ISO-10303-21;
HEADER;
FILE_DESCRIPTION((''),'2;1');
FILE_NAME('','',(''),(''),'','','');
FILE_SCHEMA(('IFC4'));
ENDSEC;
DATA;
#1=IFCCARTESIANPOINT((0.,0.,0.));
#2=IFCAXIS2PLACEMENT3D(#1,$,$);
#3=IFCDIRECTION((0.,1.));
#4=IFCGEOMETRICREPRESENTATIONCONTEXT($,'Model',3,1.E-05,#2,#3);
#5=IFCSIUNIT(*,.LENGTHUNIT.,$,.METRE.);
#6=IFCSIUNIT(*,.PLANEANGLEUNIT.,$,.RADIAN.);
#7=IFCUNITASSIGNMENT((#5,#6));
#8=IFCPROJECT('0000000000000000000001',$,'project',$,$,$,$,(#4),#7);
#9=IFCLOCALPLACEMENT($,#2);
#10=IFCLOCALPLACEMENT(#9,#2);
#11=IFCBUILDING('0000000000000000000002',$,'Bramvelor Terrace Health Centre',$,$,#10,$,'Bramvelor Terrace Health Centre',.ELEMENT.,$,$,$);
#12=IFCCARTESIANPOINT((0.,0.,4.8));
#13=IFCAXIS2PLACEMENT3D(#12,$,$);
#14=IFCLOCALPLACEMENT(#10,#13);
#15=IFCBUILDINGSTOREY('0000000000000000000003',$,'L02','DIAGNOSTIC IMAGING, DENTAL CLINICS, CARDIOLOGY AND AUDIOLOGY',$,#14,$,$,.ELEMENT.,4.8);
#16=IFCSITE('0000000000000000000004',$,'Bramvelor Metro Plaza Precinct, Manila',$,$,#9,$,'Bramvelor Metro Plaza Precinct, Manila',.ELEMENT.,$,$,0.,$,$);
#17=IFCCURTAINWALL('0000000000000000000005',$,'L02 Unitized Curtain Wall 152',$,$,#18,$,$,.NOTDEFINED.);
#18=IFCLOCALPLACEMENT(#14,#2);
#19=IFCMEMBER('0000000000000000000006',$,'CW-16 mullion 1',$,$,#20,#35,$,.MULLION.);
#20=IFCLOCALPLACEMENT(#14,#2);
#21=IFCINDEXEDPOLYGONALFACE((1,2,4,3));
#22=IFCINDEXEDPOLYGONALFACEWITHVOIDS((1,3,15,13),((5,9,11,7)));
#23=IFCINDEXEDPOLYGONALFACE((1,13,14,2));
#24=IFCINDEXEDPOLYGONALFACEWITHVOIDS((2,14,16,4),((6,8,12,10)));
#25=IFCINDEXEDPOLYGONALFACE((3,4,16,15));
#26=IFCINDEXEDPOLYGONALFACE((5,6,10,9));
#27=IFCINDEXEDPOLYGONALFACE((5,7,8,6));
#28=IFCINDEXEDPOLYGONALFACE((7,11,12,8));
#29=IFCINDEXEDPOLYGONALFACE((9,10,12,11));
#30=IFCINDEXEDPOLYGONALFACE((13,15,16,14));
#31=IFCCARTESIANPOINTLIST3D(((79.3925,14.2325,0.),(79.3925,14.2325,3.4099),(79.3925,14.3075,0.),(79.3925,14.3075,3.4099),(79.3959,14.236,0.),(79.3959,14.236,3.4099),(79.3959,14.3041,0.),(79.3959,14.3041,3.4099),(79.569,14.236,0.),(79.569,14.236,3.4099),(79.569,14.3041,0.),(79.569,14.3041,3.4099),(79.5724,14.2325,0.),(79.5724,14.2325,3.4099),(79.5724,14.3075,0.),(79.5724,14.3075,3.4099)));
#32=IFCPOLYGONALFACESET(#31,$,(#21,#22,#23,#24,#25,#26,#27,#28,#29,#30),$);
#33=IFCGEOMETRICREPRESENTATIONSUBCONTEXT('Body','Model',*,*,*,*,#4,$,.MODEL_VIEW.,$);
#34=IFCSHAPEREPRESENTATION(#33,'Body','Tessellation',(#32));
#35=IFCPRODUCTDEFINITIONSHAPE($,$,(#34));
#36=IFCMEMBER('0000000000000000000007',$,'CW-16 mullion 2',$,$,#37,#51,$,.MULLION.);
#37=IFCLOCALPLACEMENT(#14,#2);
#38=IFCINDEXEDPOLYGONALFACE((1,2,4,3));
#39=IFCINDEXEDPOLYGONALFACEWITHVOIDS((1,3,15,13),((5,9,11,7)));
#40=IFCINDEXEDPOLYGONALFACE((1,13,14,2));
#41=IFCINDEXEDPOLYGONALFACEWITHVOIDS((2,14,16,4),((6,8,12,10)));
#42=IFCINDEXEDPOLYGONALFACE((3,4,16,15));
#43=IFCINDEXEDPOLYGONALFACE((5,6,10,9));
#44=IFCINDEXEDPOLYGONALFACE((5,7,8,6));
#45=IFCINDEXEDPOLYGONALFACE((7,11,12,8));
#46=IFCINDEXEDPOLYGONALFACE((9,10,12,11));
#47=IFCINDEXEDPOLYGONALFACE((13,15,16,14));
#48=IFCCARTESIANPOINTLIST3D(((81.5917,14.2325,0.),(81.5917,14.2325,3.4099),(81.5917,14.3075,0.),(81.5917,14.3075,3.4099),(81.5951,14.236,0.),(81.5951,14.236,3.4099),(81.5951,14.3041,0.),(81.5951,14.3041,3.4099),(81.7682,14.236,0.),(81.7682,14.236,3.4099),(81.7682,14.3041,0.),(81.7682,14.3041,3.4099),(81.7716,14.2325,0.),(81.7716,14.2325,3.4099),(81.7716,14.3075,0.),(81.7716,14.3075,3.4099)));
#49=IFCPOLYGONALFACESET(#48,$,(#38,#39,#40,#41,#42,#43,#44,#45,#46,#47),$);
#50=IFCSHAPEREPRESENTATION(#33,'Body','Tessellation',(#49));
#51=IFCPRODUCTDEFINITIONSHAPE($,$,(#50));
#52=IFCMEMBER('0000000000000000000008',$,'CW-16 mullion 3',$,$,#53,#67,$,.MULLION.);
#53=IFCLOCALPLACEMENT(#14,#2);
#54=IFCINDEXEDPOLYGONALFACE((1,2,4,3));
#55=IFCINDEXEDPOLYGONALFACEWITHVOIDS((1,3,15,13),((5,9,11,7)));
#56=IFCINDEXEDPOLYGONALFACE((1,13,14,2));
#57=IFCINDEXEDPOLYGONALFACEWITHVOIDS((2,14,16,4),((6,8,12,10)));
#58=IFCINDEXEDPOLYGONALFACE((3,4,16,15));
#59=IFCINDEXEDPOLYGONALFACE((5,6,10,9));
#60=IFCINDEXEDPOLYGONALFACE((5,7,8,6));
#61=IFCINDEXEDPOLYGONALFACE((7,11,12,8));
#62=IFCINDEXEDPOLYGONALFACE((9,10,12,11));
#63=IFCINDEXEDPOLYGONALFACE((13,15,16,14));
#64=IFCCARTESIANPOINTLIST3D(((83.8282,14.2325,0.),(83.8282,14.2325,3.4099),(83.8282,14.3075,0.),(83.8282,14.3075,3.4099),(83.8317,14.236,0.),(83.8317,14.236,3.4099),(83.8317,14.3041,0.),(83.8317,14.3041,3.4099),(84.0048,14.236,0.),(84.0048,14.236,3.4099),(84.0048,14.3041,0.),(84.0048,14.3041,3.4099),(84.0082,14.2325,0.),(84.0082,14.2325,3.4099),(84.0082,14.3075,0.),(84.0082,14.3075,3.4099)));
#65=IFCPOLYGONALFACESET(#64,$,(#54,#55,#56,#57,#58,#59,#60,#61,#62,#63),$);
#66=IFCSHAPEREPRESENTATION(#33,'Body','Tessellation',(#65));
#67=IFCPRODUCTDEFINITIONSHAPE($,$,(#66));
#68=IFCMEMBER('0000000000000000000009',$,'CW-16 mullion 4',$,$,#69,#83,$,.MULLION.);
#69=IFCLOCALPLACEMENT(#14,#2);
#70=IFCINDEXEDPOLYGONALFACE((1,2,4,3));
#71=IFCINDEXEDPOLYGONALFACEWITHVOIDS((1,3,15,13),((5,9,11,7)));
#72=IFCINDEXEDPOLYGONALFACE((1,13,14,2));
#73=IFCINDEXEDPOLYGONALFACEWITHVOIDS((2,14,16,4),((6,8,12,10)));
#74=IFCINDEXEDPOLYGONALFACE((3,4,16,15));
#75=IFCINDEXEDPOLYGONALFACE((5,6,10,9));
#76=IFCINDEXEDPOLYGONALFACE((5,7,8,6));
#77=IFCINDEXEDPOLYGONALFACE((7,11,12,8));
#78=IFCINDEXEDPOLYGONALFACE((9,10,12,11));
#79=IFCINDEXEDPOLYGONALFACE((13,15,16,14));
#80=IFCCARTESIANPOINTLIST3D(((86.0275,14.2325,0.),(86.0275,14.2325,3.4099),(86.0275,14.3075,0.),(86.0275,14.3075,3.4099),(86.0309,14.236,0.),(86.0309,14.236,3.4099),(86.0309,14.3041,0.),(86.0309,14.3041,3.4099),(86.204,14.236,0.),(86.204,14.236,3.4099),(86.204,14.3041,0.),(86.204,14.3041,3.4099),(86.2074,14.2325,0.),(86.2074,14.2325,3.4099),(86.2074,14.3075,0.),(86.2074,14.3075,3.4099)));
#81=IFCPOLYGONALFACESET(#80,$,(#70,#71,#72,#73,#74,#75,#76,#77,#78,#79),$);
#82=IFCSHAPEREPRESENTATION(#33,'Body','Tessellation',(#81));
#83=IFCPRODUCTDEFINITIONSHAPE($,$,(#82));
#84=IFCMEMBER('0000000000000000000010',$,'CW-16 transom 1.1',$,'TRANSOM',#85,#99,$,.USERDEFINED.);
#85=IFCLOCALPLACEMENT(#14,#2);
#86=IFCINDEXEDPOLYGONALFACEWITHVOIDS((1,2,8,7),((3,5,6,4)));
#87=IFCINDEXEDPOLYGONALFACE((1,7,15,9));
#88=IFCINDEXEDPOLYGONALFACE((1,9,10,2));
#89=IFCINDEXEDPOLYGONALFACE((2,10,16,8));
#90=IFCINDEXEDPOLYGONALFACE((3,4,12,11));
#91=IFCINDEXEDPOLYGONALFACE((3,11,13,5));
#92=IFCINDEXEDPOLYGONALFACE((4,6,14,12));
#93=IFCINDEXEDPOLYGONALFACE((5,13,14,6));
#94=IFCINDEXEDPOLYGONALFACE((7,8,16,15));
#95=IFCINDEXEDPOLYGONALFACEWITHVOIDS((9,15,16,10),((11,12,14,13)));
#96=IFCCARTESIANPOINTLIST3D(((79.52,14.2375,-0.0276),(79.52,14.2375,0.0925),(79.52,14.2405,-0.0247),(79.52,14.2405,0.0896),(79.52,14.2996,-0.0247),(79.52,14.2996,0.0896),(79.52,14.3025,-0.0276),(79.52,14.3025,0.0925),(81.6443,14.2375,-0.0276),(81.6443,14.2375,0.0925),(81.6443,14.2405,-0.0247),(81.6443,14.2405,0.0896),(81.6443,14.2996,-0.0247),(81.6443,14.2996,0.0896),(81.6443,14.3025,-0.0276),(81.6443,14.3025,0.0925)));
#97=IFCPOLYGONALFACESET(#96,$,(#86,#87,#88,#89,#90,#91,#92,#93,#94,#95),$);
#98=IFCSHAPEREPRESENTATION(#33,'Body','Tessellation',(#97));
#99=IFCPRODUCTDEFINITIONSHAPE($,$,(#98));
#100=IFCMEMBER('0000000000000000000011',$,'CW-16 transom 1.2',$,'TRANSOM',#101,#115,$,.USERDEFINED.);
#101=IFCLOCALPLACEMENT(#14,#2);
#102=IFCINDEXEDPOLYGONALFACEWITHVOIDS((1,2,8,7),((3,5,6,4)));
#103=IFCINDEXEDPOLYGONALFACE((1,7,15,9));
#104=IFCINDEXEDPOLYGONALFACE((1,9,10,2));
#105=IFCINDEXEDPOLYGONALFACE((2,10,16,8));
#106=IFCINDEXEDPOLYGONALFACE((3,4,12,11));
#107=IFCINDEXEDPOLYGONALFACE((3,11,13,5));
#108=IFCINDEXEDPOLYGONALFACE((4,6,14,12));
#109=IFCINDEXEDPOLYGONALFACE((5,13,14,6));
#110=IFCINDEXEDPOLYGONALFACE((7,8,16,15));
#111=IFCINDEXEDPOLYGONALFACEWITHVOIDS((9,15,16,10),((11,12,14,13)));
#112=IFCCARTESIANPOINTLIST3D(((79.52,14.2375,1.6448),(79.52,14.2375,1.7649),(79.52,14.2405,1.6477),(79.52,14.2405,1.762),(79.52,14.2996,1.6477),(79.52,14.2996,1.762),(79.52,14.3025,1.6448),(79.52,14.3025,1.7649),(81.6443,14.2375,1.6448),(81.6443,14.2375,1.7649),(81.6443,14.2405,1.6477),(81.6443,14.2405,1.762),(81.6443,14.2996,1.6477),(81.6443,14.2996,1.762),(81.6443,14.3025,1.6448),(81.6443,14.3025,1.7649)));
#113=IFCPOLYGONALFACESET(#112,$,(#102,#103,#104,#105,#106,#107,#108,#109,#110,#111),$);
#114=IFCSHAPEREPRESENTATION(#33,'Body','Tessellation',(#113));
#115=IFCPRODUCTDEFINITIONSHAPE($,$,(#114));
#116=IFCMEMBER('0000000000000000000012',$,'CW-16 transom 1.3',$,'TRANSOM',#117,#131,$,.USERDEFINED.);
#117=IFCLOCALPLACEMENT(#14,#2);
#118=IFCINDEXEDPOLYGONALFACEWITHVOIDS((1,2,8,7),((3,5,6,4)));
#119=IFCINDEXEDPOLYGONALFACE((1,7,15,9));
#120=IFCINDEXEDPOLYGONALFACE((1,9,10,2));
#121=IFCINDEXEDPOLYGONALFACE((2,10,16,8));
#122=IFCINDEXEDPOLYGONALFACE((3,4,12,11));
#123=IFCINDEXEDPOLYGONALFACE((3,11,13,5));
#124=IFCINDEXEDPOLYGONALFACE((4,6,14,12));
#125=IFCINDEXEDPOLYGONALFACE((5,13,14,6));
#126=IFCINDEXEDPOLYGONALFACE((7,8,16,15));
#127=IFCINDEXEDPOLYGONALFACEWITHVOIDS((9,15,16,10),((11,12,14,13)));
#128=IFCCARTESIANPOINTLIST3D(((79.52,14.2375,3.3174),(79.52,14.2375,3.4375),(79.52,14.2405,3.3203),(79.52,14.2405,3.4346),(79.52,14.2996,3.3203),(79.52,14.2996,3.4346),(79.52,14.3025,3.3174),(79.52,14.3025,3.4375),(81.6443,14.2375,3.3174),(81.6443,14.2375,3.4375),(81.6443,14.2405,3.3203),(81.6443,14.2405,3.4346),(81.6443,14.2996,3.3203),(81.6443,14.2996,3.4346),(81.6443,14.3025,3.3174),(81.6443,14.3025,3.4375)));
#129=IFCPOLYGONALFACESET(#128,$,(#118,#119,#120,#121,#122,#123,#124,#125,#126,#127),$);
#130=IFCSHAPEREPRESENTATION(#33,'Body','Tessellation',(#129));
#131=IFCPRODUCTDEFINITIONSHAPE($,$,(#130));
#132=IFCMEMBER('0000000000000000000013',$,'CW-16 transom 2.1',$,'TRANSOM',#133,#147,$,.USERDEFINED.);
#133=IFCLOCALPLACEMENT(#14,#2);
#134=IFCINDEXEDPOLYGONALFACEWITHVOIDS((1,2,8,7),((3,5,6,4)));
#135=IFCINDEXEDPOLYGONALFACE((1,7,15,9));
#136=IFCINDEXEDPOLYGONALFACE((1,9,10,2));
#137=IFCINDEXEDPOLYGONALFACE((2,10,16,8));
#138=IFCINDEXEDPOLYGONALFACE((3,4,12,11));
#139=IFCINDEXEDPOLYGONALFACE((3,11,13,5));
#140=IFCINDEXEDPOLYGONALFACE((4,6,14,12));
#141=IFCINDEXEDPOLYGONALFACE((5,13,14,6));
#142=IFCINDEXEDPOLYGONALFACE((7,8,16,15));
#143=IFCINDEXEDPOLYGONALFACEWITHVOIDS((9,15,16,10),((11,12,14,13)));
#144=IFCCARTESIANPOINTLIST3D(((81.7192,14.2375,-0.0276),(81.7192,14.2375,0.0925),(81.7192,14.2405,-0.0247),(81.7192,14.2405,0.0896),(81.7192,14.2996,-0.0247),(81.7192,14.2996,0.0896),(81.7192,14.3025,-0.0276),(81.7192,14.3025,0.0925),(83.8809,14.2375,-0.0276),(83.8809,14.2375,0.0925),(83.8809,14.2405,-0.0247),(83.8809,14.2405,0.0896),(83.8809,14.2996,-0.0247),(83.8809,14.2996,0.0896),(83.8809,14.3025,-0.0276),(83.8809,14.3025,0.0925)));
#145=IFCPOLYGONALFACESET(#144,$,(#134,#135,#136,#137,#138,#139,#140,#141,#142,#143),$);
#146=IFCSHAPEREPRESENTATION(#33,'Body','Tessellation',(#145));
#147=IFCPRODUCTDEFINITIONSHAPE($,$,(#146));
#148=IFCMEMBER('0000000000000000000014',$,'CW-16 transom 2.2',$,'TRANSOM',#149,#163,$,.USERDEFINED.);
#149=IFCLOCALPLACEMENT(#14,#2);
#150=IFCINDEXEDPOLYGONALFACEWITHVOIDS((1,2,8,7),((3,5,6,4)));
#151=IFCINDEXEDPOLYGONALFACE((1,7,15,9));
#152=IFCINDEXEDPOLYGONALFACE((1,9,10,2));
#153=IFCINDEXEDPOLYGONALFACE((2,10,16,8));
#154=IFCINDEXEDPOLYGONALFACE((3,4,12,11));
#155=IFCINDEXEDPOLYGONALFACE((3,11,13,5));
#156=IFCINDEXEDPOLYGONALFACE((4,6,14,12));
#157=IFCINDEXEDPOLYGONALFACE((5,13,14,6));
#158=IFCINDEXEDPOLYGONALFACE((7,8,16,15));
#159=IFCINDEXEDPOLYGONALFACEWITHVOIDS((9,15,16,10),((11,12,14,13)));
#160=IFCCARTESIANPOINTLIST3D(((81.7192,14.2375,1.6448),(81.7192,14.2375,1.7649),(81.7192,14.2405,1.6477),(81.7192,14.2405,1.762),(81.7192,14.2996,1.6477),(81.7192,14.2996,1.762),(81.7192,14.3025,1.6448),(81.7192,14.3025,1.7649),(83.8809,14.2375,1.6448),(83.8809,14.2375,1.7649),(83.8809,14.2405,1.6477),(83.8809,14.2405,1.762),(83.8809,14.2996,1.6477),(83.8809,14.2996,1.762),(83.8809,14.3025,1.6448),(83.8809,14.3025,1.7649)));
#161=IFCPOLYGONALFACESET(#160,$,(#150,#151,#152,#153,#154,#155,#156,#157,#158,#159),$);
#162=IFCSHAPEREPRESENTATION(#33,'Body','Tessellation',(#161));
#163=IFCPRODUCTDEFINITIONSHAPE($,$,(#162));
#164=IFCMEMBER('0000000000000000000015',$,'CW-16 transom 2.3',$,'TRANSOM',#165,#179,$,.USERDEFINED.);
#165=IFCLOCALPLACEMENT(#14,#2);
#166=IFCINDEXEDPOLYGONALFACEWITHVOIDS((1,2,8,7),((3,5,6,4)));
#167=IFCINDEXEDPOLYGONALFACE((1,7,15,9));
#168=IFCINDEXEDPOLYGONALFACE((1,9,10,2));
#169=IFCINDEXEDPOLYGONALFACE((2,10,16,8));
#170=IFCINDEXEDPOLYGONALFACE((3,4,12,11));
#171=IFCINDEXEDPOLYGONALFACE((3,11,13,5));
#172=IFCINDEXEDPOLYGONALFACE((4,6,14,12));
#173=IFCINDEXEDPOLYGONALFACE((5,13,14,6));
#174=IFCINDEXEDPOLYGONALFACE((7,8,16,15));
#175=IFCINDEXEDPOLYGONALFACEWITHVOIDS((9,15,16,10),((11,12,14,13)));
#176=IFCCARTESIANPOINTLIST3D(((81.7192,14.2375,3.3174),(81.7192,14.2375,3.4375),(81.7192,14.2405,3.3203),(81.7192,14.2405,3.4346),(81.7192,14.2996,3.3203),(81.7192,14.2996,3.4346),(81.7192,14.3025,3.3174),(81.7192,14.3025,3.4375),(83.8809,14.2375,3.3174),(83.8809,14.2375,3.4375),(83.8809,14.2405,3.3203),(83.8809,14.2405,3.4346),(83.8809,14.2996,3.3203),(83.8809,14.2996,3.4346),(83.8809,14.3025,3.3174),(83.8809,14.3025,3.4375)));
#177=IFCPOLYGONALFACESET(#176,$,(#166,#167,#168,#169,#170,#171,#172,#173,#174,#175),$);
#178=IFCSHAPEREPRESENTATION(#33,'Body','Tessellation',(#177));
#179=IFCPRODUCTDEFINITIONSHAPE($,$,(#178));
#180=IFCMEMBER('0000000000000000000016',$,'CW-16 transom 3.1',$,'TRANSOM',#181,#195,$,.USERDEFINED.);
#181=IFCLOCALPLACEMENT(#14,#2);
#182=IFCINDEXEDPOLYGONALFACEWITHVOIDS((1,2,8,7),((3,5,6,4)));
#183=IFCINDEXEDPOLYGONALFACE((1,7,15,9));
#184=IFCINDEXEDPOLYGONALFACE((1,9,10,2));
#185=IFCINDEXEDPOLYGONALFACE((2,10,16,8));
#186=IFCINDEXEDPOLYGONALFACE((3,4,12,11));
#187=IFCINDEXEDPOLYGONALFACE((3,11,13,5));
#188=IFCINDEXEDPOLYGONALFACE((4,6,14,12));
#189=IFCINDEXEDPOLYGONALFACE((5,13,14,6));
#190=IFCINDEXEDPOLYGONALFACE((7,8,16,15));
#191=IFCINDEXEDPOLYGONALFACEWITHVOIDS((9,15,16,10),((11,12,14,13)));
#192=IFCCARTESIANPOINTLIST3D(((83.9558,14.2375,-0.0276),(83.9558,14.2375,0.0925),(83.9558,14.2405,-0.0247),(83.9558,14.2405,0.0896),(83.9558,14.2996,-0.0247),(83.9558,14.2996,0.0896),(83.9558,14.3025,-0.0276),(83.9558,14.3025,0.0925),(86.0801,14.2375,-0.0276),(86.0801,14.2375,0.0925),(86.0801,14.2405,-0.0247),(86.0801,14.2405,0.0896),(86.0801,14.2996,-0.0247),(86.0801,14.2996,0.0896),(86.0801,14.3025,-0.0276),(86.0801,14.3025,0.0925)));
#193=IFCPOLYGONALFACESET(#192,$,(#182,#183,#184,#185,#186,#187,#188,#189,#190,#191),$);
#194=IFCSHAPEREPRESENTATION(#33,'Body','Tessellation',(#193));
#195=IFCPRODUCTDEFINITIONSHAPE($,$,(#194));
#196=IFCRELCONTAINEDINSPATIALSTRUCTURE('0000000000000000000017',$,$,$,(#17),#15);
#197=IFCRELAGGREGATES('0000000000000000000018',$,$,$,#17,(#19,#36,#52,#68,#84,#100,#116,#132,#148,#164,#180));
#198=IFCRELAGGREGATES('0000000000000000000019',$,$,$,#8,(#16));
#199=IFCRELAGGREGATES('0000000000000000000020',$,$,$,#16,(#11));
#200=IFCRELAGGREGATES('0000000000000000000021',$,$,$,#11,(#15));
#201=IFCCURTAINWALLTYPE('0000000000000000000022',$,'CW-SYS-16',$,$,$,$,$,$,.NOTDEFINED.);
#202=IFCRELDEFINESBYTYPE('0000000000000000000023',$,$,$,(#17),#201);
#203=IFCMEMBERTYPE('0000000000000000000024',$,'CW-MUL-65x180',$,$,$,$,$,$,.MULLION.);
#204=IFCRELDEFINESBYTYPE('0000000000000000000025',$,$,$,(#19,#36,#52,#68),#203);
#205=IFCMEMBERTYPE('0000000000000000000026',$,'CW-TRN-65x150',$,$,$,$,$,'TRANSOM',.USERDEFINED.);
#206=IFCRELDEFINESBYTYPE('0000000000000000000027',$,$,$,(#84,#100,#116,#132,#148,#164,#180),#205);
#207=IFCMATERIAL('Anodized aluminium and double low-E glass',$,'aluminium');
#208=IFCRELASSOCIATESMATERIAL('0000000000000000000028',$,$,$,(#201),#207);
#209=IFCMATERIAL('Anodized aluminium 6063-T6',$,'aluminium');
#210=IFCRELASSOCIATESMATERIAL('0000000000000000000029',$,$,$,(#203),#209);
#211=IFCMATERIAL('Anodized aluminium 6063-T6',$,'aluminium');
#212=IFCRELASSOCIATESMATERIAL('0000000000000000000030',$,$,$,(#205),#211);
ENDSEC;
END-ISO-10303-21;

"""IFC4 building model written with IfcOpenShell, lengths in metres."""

from ifc_helpers import new_model, si_unit, direction, frame, origin, origin_2d, place, context, subcontext, project, spatial, hollow_rectangle, extrude, material, material_profile, profile_set, type_object, element, aggregate, save


model = new_model("IFC4")

# Units and contexts
model_context = context("Model", 3, precision=1e-05, world=origin(), true_north=direction((0.0, 1.0)))
body_context = subcontext(model_context, "Body", "Model", "MODEL_VIEW")
ifc_project = project(units=[si_unit("LENGTHUNIT", "METRE"), si_unit("PLANEANGLEUNIT", "RADIAN")], contexts=[model_context])

# Site, building, storey
site_placement = place(None, origin())
site = spatial("IfcSite", under=ifc_project, at=site_placement, Name="Bramvelor Metro Plaza Precinct, Manila", LongName="Bramvelor Metro Plaza Precinct, Manila", CompositionType="ELEMENT", RefElevation=0.0)
building_placement = place(site_placement, origin())
building = spatial("IfcBuilding", under=site, at=building_placement, Name="Bramvelor Terrace Health Centre", LongName="Bramvelor Terrace Health Centre", CompositionType="ELEMENT")
storey_placement = place(building_placement, frame((0.0, 0.0, 4.8)))
storey = spatial("IfcBuildingStorey", under=building, at=storey_placement, Name="L02", Description="DIAGNOSTIC IMAGING, DENTAL CLINICS, CARDIOLOGY AND AUDIOLOGY", CompositionType="ELEMENT", Elevation=4.8)

# Curtain wall, members
ifc_material_1 = material(Name="Anodized aluminium and double low-E glass", Category="aluminium")
curtain_wall_type = type_object("IfcCurtainWallType", Name="CW-SYS-16", PredefinedType="NOTDEFINED", material=ifc_material_1)
curtain_wall_placement = place(storey_placement, origin())
curtain_wall = element("IfcCurtainWall", 1, at=curtain_wall_placement, inside=storey, type_object=curtain_wall_type, Name="L02 Unitized Curtain Wall 152", PredefinedType="NOTDEFINED")
ifc_material_2 = material(Name="Anodized aluminium 6063-T6", Category="aluminium")
ifc_material_profile_1 = material_profile(ifc_material_2, hollow_rectangle(XDim=0.075, YDim=0.1799, WallThickness=0.0034, at=origin_2d()), Name="ALU-MUL 75x180x3.5")
ifc_profile_set_1 = profile_set([ifc_material_profile_1], Name="Anodized aluminium 6063-T6")
member_type_1 = type_object("IfcMemberType", Name="CW-MUL-65x180", PredefinedType="MULLION", material=ifc_profile_set_1)
member_1_placement = place(storey_placement, frame((79.4824, 14.27, 0.0), z_axis=(0.0, 0.0, 1.0), x_axis=(0.0, 1.0, 0.0)))
member_1 = element("IfcMember", 2, at=member_1_placement, type_object=member_type_1, Name="CW-16 mullion 1", PredefinedType="MULLION", context=body_context, shape_type="SweptSolid", body=[
    extrude(hollow_rectangle(XDim=0.075, YDim=0.1799, WallThickness=0.0034, at=origin_2d()), origin(), (0.0, 0.0, 1.0), 3.4099),
])
member_2_placement = place(storey_placement, frame((81.6816, 14.27, 0.0), z_axis=(0.0, 0.0, 1.0), x_axis=(0.0, 1.0, 0.0)))
member_2 = element("IfcMember", 3, at=member_2_placement, type_object=member_type_1, Name="CW-16 mullion 2", PredefinedType="MULLION", context=body_context, shape_type="SweptSolid", body=[
    extrude(hollow_rectangle(XDim=0.075, YDim=0.1799, WallThickness=0.0034, at=origin_2d()), origin(), (0.0, 0.0, 1.0), 3.4099),
])
member_3_placement = place(storey_placement, frame((83.9182, 14.27, 0.0), z_axis=(0.0, 0.0, 1.0), x_axis=(0.0, 1.0, 0.0)))
member_3 = element("IfcMember", 4, at=member_3_placement, type_object=member_type_1, Name="CW-16 mullion 3", PredefinedType="MULLION", context=body_context, shape_type="SweptSolid", body=[
    extrude(hollow_rectangle(XDim=0.075, YDim=0.1799, WallThickness=0.0034, at=origin_2d()), origin(), (0.0, 0.0, 1.0), 3.4099),
])
member_4_placement = place(storey_placement, frame((86.1174, 14.27, 0.0), z_axis=(0.0, 0.0, 1.0), x_axis=(0.0, 1.0, 0.0)))
member_4 = element("IfcMember", 5, at=member_4_placement, type_object=member_type_1, Name="CW-16 mullion 4", PredefinedType="MULLION", context=body_context, shape_type="SweptSolid", body=[
    extrude(hollow_rectangle(XDim=0.075, YDim=0.1799, WallThickness=0.0034, at=origin_2d()), origin(), (0.0, 0.0, 1.0), 3.4099),
])
ifc_material_3 = material(Name="Anodized aluminium 6063-T6", Category="aluminium")
ifc_material_profile_2 = material_profile(ifc_material_3, hollow_rectangle(XDim=0.0649, YDim=0.1201, WallThickness=0.0029, at=origin_2d()), Name="ALU-TRN 65x120x3.0")
ifc_profile_set_2 = profile_set([ifc_material_profile_2], Name="Anodized aluminium 6063-T6")
member_type_2 = type_object("IfcMemberType", Name="CW-TRN-65x150", ElementType="TRANSOM", PredefinedType="USERDEFINED", material=ifc_profile_set_2)
member_5_placement = place(storey_placement, frame((79.52, 14.27, 0.0325), z_axis=(1.0, 0.0, 0.0), x_axis=(0.0, 1.0, 0.0)))
member_5 = element("IfcMember", 6, at=member_5_placement, type_object=member_type_2, Name="CW-16 transom 1.1", ObjectType="TRANSOM", PredefinedType="USERDEFINED", context=body_context, shape_type="SweptSolid", body=[
    extrude(hollow_rectangle(XDim=0.0649, YDim=0.1201, WallThickness=0.0029, at=origin_2d()), origin(), (0.0, 0.0, 1.0), 2.1243),
])
member_6_placement = place(storey_placement, frame((79.52, 14.27, 1.7048), z_axis=(1.0, 0.0, 0.0), x_axis=(0.0, 1.0, 0.0)))
member_6 = element("IfcMember", 7, at=member_6_placement, type_object=member_type_2, Name="CW-16 transom 1.2", ObjectType="TRANSOM", PredefinedType="USERDEFINED", context=body_context, shape_type="SweptSolid", body=[
    extrude(hollow_rectangle(XDim=0.0649, YDim=0.1201, WallThickness=0.0029, at=origin_2d()), origin(), (0.0, 0.0, 1.0), 2.1243),
])
member_7_placement = place(storey_placement, frame((79.52, 14.27, 3.3774), z_axis=(1.0, 0.0, 0.0), x_axis=(0.0, 1.0, 0.0)))
member_7 = element("IfcMember", 8, at=member_7_placement, type_object=member_type_2, Name="CW-16 transom 1.3", ObjectType="TRANSOM", PredefinedType="USERDEFINED", context=body_context, shape_type="SweptSolid", body=[
    extrude(hollow_rectangle(XDim=0.0649, YDim=0.1201, WallThickness=0.0029, at=origin_2d()), origin(), (0.0, 0.0, 1.0), 2.1243),
])
member_8_placement = place(storey_placement, frame((81.7192, 14.27, 0.0325), z_axis=(1.0, 0.0, 0.0), x_axis=(0.0, 1.0, 0.0)))
member_8 = element("IfcMember", 9, at=member_8_placement, type_object=member_type_2, Name="CW-16 transom 2.1", ObjectType="TRANSOM", PredefinedType="USERDEFINED", context=body_context, shape_type="SweptSolid", body=[
    extrude(hollow_rectangle(XDim=0.0649, YDim=0.1201, WallThickness=0.0029, at=origin_2d()), origin(), (0.0, 0.0, 1.0), 2.1616),
])
member_9_placement = place(storey_placement, frame((81.7192, 14.27, 1.7048), z_axis=(1.0, 0.0, 0.0), x_axis=(0.0, 1.0, 0.0)))
member_9 = element("IfcMember", 10, at=member_9_placement, type_object=member_type_2, Name="CW-16 transom 2.2", ObjectType="TRANSOM", PredefinedType="USERDEFINED", context=body_context, shape_type="SweptSolid", body=[
    extrude(hollow_rectangle(XDim=0.0649, YDim=0.1201, WallThickness=0.0029, at=origin_2d()), origin(), (0.0, 0.0, 1.0), 2.1616),
])
member_10_placement = place(storey_placement, frame((81.7192, 14.27, 3.3774), z_axis=(1.0, 0.0, 0.0), x_axis=(0.0, 1.0, 0.0)))
member_10 = element("IfcMember", 11, at=member_10_placement, type_object=member_type_2, Name="CW-16 transom 2.3", ObjectType="TRANSOM", PredefinedType="USERDEFINED", context=body_context, shape_type="SweptSolid", body=[
    extrude(hollow_rectangle(XDim=0.0649, YDim=0.1201, WallThickness=0.0029, at=origin_2d()), origin(), (0.0, 0.0, 1.0), 2.1616),
])
member_11_placement = place(storey_placement, frame((83.9558, 14.27, 0.0325), z_axis=(1.0, 0.0, 0.0), x_axis=(0.0, 1.0, 0.0)))
member_11 = element("IfcMember", 12, at=member_11_placement, type_object=member_type_2, Name="CW-16 transom 3.1", ObjectType="TRANSOM", PredefinedType="USERDEFINED", context=body_context, shape_type="SweptSolid", body=[
    extrude(hollow_rectangle(XDim=0.0649, YDim=0.1201, WallThickness=0.0029, at=origin_2d()), origin(), (0.0, 0.0, 1.0), 2.1243),
])
aggregate(curtain_wall, [member_1, member_2, member_3, member_4, member_5, member_6, member_7, member_8, member_9, member_10, member_11])

save(model, "model.ifc")
